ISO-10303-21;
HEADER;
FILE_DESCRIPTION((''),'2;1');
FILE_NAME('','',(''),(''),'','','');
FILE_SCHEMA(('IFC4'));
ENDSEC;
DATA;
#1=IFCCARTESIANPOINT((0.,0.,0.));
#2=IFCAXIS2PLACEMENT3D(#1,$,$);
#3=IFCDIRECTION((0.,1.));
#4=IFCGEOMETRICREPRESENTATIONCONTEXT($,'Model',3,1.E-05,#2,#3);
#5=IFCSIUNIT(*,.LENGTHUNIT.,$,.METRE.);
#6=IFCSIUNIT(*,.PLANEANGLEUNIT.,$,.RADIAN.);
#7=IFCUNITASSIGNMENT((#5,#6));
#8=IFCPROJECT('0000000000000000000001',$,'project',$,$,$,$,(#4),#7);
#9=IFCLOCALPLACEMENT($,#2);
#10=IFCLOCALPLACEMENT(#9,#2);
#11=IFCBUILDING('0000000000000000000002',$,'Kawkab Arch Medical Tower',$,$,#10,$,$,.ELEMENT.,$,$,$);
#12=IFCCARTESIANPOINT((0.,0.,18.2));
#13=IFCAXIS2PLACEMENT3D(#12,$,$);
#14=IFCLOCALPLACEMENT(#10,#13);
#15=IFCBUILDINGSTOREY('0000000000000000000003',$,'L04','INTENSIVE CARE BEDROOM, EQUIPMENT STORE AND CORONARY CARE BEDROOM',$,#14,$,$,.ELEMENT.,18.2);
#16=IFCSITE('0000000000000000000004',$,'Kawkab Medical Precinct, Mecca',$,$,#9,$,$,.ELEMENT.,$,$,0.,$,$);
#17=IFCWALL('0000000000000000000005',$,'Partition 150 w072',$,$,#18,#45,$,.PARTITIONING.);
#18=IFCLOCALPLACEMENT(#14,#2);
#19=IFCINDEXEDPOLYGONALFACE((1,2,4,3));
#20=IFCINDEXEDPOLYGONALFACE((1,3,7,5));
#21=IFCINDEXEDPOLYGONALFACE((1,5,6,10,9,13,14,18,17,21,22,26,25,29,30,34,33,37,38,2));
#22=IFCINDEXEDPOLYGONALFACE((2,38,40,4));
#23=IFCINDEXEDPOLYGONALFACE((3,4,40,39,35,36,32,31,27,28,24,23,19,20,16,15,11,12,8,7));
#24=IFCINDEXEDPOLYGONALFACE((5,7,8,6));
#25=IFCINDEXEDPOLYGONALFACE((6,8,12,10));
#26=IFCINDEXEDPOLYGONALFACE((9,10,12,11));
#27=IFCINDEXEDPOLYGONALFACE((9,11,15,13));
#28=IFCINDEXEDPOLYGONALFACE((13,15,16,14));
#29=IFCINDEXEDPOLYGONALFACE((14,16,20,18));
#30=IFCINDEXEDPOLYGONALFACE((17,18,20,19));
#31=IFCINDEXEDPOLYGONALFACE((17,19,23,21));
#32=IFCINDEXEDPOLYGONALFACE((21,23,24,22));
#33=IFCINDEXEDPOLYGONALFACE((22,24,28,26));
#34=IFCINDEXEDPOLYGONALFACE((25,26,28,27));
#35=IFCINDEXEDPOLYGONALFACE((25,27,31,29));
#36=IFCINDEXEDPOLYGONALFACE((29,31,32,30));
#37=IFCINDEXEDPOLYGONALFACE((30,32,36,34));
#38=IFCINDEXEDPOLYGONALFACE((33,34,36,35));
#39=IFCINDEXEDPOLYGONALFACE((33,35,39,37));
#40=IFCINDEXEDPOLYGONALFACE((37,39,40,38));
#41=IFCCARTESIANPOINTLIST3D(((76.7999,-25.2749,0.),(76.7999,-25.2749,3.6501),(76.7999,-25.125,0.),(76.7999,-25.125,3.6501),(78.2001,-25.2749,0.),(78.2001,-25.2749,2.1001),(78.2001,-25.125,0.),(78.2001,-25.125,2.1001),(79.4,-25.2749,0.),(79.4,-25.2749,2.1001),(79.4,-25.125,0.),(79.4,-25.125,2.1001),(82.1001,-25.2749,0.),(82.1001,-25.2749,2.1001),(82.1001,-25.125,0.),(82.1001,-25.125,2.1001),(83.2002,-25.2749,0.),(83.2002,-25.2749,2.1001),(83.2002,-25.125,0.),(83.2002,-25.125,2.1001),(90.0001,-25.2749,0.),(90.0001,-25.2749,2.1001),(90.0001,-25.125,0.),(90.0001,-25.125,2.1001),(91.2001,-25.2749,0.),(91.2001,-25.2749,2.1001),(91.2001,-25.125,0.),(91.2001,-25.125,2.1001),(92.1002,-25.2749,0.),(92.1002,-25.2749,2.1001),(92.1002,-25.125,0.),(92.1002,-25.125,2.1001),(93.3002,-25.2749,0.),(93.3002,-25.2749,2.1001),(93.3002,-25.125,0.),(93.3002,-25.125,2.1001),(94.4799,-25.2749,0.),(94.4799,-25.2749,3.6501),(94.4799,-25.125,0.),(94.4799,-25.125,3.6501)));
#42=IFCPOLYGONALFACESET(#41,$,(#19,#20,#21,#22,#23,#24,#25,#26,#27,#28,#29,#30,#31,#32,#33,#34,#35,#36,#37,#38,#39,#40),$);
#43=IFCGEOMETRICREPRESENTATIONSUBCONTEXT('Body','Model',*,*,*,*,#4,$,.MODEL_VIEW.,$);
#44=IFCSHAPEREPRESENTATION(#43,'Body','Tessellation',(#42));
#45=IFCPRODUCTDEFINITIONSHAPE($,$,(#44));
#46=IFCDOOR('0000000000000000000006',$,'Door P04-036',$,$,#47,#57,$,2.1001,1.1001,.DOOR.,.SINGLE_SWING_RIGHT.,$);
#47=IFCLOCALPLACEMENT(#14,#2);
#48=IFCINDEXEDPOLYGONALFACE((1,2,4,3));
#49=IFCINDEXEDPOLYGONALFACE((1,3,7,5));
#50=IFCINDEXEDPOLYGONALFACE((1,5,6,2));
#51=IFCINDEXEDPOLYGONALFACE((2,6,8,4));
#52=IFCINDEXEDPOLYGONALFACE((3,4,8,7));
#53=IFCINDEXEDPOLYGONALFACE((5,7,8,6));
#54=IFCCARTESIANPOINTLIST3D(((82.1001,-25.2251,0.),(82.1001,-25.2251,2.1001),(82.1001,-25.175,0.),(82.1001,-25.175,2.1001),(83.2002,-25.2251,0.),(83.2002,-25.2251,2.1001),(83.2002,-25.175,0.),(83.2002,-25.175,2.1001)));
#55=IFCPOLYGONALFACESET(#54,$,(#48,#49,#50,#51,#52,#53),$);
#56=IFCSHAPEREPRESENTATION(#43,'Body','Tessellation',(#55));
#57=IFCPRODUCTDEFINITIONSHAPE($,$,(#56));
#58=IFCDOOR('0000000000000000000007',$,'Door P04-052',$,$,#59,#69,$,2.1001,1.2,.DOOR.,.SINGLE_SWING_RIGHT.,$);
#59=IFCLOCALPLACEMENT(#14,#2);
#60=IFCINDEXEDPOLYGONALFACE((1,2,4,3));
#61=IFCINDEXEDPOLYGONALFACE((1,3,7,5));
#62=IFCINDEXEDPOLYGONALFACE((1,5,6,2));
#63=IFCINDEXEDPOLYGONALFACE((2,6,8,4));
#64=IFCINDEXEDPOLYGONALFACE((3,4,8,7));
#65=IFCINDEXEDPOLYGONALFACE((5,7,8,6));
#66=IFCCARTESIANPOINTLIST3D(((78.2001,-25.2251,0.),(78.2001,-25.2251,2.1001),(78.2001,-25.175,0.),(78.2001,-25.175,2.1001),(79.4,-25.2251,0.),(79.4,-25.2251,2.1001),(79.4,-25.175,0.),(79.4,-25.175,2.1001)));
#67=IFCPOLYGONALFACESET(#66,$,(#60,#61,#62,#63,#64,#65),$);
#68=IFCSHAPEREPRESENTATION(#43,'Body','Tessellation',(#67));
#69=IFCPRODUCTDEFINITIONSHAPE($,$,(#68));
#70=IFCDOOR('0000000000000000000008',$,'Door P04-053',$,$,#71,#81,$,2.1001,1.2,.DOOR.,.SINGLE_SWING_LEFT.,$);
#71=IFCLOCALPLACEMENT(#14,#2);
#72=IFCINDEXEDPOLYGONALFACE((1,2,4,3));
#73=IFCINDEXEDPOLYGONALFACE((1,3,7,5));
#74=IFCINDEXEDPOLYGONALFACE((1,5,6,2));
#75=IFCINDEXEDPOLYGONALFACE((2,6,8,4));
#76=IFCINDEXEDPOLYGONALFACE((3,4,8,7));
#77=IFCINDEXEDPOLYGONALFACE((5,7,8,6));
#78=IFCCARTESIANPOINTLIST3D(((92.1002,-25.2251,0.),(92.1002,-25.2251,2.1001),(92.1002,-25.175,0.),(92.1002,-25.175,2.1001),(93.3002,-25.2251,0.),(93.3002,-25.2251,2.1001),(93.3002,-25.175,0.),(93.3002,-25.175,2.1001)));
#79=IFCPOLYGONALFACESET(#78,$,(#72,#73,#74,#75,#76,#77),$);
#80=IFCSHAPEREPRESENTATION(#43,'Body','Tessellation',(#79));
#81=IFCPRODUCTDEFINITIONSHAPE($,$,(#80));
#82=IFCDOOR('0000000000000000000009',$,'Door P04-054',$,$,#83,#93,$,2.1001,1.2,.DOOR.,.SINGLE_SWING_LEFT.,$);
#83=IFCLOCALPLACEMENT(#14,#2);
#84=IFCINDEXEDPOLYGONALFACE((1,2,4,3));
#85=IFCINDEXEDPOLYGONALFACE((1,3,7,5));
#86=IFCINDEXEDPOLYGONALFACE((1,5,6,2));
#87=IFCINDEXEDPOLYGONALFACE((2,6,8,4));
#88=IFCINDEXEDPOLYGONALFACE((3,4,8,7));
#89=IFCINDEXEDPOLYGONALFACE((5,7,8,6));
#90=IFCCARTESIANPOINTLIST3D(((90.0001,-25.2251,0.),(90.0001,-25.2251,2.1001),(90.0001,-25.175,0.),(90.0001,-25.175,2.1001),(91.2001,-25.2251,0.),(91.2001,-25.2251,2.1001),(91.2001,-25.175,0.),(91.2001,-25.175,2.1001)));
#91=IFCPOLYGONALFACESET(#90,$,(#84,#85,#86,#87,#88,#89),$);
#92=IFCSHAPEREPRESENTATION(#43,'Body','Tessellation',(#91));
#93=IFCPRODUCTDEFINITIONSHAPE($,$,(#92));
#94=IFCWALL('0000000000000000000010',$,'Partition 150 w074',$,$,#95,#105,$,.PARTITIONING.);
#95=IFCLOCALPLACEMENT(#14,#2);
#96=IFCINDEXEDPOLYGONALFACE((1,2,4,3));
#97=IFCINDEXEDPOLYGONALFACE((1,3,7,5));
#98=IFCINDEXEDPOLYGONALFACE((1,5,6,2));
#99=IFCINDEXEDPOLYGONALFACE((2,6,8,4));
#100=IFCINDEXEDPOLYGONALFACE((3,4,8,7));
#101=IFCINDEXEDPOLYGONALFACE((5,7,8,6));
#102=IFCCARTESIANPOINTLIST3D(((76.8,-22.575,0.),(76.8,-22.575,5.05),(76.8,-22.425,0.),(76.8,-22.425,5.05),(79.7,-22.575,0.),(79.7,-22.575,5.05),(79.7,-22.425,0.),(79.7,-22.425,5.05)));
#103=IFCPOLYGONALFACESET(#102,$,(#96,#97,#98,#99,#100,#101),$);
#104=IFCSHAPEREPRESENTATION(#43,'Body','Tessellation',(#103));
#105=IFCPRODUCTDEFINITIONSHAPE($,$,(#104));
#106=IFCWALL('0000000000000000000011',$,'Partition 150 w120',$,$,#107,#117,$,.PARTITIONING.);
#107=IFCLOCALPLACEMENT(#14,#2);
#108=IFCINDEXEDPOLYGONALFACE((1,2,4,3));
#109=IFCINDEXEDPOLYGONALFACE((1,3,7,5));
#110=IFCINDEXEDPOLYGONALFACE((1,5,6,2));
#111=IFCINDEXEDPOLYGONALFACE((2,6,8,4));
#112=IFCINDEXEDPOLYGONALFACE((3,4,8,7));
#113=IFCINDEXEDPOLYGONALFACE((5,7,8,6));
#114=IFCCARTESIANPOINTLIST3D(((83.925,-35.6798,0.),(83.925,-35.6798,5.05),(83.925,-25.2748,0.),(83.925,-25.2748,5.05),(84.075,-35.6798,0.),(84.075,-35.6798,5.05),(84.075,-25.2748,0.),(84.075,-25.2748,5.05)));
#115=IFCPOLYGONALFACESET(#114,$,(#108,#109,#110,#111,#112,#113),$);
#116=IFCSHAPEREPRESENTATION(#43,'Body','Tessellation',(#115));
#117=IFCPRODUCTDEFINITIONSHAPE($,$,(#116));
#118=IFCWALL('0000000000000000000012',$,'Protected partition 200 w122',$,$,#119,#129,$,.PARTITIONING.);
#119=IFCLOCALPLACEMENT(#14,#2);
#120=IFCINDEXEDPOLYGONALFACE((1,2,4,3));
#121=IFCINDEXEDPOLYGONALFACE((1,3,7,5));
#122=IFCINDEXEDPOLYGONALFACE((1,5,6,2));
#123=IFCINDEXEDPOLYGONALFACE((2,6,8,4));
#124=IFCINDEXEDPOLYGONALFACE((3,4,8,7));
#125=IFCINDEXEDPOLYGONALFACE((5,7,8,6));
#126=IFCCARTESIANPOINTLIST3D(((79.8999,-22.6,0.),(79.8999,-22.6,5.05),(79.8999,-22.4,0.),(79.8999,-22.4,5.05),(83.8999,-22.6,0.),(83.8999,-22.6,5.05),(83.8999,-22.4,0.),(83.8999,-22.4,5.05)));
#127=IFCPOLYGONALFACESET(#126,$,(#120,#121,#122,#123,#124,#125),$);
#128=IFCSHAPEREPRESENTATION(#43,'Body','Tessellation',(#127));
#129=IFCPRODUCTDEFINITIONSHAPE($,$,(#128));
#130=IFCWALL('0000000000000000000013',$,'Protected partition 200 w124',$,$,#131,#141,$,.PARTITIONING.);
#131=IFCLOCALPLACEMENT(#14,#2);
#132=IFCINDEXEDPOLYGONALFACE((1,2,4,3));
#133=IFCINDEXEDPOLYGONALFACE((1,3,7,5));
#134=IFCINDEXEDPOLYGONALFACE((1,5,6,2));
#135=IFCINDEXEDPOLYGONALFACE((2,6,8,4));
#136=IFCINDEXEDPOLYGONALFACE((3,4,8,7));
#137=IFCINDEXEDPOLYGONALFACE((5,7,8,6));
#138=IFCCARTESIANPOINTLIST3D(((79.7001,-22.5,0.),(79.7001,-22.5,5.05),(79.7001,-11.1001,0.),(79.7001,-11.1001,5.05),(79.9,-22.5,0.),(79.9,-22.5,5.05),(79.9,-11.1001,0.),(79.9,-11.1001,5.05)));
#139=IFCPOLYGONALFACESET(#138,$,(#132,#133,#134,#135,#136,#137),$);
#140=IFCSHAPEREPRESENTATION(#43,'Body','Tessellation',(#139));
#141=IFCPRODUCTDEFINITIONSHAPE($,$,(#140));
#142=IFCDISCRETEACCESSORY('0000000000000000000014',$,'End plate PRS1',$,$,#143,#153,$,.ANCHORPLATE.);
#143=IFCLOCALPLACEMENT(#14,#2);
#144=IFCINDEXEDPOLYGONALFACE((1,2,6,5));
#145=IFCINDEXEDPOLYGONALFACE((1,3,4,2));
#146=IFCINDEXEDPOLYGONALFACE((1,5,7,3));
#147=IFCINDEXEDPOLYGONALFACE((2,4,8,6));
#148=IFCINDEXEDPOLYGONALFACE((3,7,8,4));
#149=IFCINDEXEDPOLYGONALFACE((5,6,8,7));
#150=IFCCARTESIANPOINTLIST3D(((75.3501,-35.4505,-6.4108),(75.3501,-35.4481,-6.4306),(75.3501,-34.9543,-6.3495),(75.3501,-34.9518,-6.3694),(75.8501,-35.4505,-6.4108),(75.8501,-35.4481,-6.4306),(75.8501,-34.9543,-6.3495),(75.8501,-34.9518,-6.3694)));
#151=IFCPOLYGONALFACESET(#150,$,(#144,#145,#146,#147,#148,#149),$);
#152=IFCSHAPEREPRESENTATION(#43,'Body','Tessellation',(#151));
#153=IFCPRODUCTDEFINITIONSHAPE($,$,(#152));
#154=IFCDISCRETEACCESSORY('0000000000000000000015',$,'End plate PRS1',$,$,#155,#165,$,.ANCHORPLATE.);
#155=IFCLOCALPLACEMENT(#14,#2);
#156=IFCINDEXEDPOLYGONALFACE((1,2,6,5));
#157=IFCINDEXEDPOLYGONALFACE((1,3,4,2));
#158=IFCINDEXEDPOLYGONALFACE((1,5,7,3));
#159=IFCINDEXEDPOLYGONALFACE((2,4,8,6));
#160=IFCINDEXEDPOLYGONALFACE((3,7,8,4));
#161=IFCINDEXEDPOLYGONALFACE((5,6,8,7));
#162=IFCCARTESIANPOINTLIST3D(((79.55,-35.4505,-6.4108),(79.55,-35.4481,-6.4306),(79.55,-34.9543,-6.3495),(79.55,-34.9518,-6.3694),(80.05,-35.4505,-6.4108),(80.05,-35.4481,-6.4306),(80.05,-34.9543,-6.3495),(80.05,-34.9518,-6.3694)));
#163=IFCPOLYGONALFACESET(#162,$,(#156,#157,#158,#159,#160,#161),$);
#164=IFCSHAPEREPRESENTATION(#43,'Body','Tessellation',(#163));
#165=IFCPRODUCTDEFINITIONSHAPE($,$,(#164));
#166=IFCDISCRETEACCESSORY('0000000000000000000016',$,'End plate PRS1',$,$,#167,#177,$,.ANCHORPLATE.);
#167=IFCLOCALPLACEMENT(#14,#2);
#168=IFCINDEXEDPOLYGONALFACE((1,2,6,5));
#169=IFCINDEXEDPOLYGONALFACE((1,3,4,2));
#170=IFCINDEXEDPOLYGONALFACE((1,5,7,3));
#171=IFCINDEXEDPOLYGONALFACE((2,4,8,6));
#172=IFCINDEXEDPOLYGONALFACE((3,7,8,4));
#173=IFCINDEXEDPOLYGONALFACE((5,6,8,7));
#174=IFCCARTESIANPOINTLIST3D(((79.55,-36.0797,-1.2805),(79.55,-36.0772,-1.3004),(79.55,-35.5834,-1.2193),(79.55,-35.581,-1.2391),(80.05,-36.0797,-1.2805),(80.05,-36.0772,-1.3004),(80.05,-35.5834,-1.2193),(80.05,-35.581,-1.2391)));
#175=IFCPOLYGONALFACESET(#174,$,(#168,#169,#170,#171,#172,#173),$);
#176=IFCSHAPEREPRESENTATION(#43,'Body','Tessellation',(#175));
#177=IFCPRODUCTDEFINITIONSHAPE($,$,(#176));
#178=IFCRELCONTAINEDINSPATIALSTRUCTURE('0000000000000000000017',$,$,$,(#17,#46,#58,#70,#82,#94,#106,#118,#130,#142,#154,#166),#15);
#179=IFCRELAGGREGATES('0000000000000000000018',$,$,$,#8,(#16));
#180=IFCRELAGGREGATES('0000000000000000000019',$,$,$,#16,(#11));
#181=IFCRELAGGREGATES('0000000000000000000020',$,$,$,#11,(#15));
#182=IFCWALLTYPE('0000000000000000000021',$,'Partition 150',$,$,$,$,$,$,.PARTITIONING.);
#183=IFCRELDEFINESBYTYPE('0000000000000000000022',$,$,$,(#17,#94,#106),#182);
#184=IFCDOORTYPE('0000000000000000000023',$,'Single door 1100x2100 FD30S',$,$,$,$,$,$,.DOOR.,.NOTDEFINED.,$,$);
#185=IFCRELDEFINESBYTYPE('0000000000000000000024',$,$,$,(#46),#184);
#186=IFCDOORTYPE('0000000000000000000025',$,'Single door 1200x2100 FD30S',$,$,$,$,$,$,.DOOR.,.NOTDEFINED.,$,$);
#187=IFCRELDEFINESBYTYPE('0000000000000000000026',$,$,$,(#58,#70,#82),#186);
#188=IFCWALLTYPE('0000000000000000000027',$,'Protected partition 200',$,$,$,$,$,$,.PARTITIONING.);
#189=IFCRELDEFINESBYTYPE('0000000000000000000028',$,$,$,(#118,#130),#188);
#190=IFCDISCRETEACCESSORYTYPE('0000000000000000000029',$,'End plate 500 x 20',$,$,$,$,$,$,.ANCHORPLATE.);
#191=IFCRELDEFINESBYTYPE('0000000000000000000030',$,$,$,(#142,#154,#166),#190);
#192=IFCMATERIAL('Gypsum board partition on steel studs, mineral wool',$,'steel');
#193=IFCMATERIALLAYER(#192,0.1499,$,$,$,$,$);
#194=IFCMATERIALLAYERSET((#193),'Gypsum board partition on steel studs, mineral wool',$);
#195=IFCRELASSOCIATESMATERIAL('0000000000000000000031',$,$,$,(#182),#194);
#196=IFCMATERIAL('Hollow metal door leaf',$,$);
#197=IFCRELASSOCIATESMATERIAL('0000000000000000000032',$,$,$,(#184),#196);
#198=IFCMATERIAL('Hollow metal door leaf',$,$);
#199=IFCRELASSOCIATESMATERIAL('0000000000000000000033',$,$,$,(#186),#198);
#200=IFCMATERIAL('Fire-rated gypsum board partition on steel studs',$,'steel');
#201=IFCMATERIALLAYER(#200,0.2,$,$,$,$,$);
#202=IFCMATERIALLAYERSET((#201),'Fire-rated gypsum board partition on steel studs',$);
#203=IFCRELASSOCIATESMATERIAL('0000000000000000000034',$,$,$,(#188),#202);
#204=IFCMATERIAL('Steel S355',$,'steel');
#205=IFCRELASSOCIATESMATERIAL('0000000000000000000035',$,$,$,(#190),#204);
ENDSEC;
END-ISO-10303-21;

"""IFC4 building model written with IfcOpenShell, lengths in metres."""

from ifc_helpers import new_model, si_unit, direction, frame, frame_2d, origin, origin_2d, place, context, subcontext, project, spatial, rectangle, extrude, material, layer, layer_set, material_profile, profile_set, type_object, element, fill, save


model = new_model("IFC4")

# Units and contexts
model_context = context("Model", 3, precision=1e-05, world=origin(), true_north=direction((0.0, 1.0)))
body_context = subcontext(model_context, "Body", "Model", "MODEL_VIEW")
ifc_project = project(units=[si_unit("LENGTHUNIT", "METRE"), si_unit("PLANEANGLEUNIT", "RADIAN")], contexts=[model_context])

# Site, building, storey
site_placement = place(None, origin())
site = spatial("IfcSite", under=ifc_project, at=site_placement, Name="Kawkab Medical Precinct, Mecca", CompositionType="ELEMENT", RefElevation=0.0)
building_placement = place(site_placement, origin())
building = spatial("IfcBuilding", under=site, at=building_placement, Name="Kawkab Arch Medical Tower", CompositionType="ELEMENT")
storey_placement = place(building_placement, frame((0.0, 0.0, 18.2)))
storey = spatial("IfcBuildingStorey", under=building, at=storey_placement, Name="L04", Description="INTENSIVE CARE BEDROOM, EQUIPMENT STORE AND CORONARY CARE BEDROOM", CompositionType="ELEMENT", Elevation=18.2)

# Wall, openings, doors
ifc_material_1 = material(Name="Gypsum board partition on steel studs, mineral wool", Category="steel")
ifc_layer_1 = layer(ifc_material_1, 0.1499)
ifc_layer_set_1 = layer_set([ifc_layer_1], Name="Gypsum board partition on steel studs, mineral wool")
wall_type_1 = type_object("IfcWallType", Name="Partition 150", PredefinedType="PARTITIONING", material=ifc_layer_set_1)
wall_1_placement = place(storey_placement, frame((76.8, -25.2, 0.0), z_axis=(0.0, 0.0, 1.0), x_axis=(1.0, 0.0, 0.0)))
wall_1 = element("IfcWall", 1, at=wall_1_placement, inside=storey, type_object=wall_type_1, Name="Partition 150 w072", PredefinedType="PARTITIONING", context=body_context, shape_type="SweptSolid", body=[
    extrude(rectangle(XDim=17.6799, YDim=0.1499, at=frame_2d((8.8398, 0.0))), origin(), (0.0, 0.0, 1.0), 3.6501),
])
opening_1_placement = place(wall_1_placement, frame((1.3999, 0.0, 0.0)))
opening_1 = element("IfcOpeningElement", 2, at=opening_1_placement, cuts=wall_1, PredefinedType="OPENING", context=body_context, shape_type="SweptSolid", body=[
    extrude(rectangle(XDim=1.2, YDim=2.1001, at=frame_2d((0.6001, 1.05))), frame((0.0, 0.085, 0.0), z_axis=(0.0, -1.0, 0.0), x_axis=(1.0, 0.0, 0.0)), (0.0, 0.0, 1.0), 0.1699),
])
opening_2_placement = place(wall_1_placement, frame((5.3, 0.0, 0.0)))
opening_2 = element("IfcOpeningElement", 3, at=opening_2_placement, cuts=wall_1, PredefinedType="OPENING", context=body_context, shape_type="SweptSolid", body=[
    extrude(rectangle(XDim=1.1001, YDim=2.1001, at=frame_2d((0.55, 1.05))), frame((0.0, 0.085, 0.0), z_axis=(0.0, -1.0, 0.0), x_axis=(1.0, 0.0, 0.0)), (0.0, 0.0, 1.0), 0.1699),
])
opening_3_placement = place(wall_1_placement, frame((15.3, 0.0, 0.0)))
opening_3 = element("IfcOpeningElement", 4, at=opening_3_placement, cuts=wall_1, PredefinedType="OPENING", context=body_context, shape_type="SweptSolid", body=[
    extrude(rectangle(XDim=1.2, YDim=2.1001, at=frame_2d((0.6001, 1.05))), frame((0.0, 0.085, 0.0), z_axis=(0.0, -1.0, 0.0), x_axis=(1.0, 0.0, 0.0)), (0.0, 0.0, 1.0), 0.1699),
])
opening_4_placement = place(wall_1_placement, frame((13.2, 0.0, 0.0)))
opening_4 = element("IfcOpeningElement", 5, at=opening_4_placement, cuts=wall_1, PredefinedType="OPENING", context=body_context, shape_type="SweptSolid", body=[
    extrude(rectangle(XDim=1.2, YDim=2.1001, at=frame_2d((0.6001, 1.05))), frame((0.0, 0.085, 0.0), z_axis=(0.0, -1.0, 0.0), x_axis=(1.0, 0.0, 0.0)), (0.0, 0.0, 1.0), 0.1699),
])
ifc_material_2 = material(Name="Hollow metal door leaf")
door_type_1 = type_object("IfcDoorType", Name="Single door 1100x2100 FD30S", OperationType="NOTDEFINED", PredefinedType="DOOR", material=ifc_material_2)
door_1_placement = place(opening_2_placement, origin())
door_1 = element("IfcDoor", 6, at=door_1_placement, inside=storey, type_object=door_type_1, Name="Door P04-036", OperationType="SINGLE_SWING_RIGHT", OverallHeight=2.1001, OverallWidth=1.1001, PredefinedType="DOOR", context=body_context, shape_type="SweptSolid", body=[
    extrude(rectangle(XDim=1.1001, YDim=2.1001, at=frame_2d((0.55, 1.05))), frame((0.0, 0.0249, 0.0), z_axis=(0.0, -1.0, 0.0), x_axis=(1.0, 0.0, 0.0)), (0.0, 0.0, 1.0), 0.05),
])
fill(opening_2, door_1)
ifc_material_3 = material(Name="Hollow metal door leaf")
door_type_2 = type_object("IfcDoorType", Name="Single door 1200x2100 FD30S", OperationType="NOTDEFINED", PredefinedType="DOOR", material=ifc_material_3)
door_2_placement = place(opening_1_placement, origin())
door_2 = element("IfcDoor", 7, at=door_2_placement, inside=storey, type_object=door_type_2, Name="Door P04-052", OperationType="SINGLE_SWING_RIGHT", OverallHeight=2.1001, OverallWidth=1.2, PredefinedType="DOOR", context=body_context, shape_type="SweptSolid", body=[
    extrude(rectangle(XDim=1.2, YDim=2.1001, at=frame_2d((0.6001, 1.05))), frame((0.0, 0.0249, 0.0), z_axis=(0.0, -1.0, 0.0), x_axis=(1.0, 0.0, 0.0)), (0.0, 0.0, 1.0), 0.05),
])
fill(opening_1, door_2)
door_3_placement = place(opening_3_placement, origin())
door_3 = element("IfcDoor", 8, at=door_3_placement, inside=storey, type_object=door_type_2, Name="Door P04-053", OperationType="SINGLE_SWING_LEFT", OverallHeight=2.1001, OverallWidth=1.2, PredefinedType="DOOR", context=body_context, shape_type="SweptSolid", body=[
    extrude(rectangle(XDim=1.2, YDim=2.1001, at=frame_2d((0.6001, 1.05))), frame((0.0, 0.0249, 0.0), z_axis=(0.0, -1.0, 0.0), x_axis=(1.0, 0.0, 0.0)), (0.0, 0.0, 1.0), 0.05),
])
fill(opening_3, door_3)
door_4_placement = place(opening_4_placement, origin())
door_4 = element("IfcDoor", 9, at=door_4_placement, inside=storey, type_object=door_type_2, Name="Door P04-054", OperationType="SINGLE_SWING_LEFT", OverallHeight=2.1001, OverallWidth=1.2, PredefinedType="DOOR", context=body_context, shape_type="SweptSolid", body=[
    extrude(rectangle(XDim=1.2, YDim=2.1001, at=frame_2d((0.6001, 1.05))), frame((0.0, 0.0249, 0.0), z_axis=(0.0, -1.0, 0.0), x_axis=(1.0, 0.0, 0.0)), (0.0, 0.0, 1.0), 0.05),
])
fill(opening_4, door_4)

# Walls
wall_2_placement = place(storey_placement, frame((76.8, -22.5, 0.0), z_axis=(0.0, 0.0, 1.0), x_axis=(1.0, 0.0, 0.0)))
element("IfcWall", 10, at=wall_2_placement, inside=storey, type_object=wall_type_1, Name="Partition 150 w074", PredefinedType="PARTITIONING", context=body_context, shape_type="SweptSolid", body=[
    extrude(rectangle(XDim=2.8999, YDim=0.1499, at=frame_2d((1.45, 0.0))), origin(), (0.0, 0.0, 1.0), 5.05),
])
wall_3_placement = place(storey_placement, frame((84.0, -35.6799, 0.0), z_axis=(0.0, 0.0, 1.0), x_axis=(0.0, 1.0, 0.0)))
element("IfcWall", 11, at=wall_3_placement, inside=storey, type_object=wall_type_1, Name="Partition 150 w120", PredefinedType="PARTITIONING", context=body_context, shape_type="SweptSolid", body=[
    extrude(rectangle(XDim=10.405, YDim=0.1499, at=frame_2d((5.2026, 0.0))), origin(), (0.0, 0.0, 1.0), 5.05),
])
ifc_material_4 = material(Name="Fire-rated gypsum board partition on steel studs", Category="steel")
ifc_layer_2 = layer(ifc_material_4, 0.2)
ifc_layer_set_2 = layer_set([ifc_layer_2], Name="Fire-rated gypsum board partition on steel studs")
wall_type_2 = type_object("IfcWallType", Name="Protected partition 200", PredefinedType="PARTITIONING", material=ifc_layer_set_2)
wall_4_placement = place(storey_placement, frame((79.8999, -22.5, 0.0), z_axis=(0.0, 0.0, 1.0), x_axis=(1.0, 0.0, 0.0)))
element("IfcWall", 12, at=wall_4_placement, inside=storey, type_object=wall_type_2, Name="Protected partition 200 w122", PredefinedType="PARTITIONING", context=body_context, shape_type="SweptSolid", body=[
    extrude(rectangle(XDim=4.0, YDim=0.2, at=frame_2d((2.0, 0.0))), origin(), (0.0, 0.0, 1.0), 5.05),
])
wall_5_placement = place(storey_placement, frame((79.8, -22.5, 0.0), z_axis=(0.0, 0.0, 1.0), x_axis=(0.0, 1.0, 0.0)))
element("IfcWall", 13, at=wall_5_placement, inside=storey, type_object=wall_type_2, Name="Protected partition 200 w124", PredefinedType="PARTITIONING", context=body_context, shape_type="SweptSolid", body=[
    extrude(rectangle(XDim=11.3999, YDim=0.2, at=frame_2d((5.7, 0.0))), origin(), (0.0, 0.0, 1.0), 5.05),
])

# Discrete accessories
ifc_material_5 = material(Name="Steel S355", Category="steel")
ifc_material_profile_1 = material_profile(ifc_material_5, rectangle(XDim=0.5, YDim=0.5, at=origin_2d()), Name="End plate 500 x 20")
ifc_profile_set_1 = profile_set([ifc_material_profile_1], Name="Steel S355")
discrete_accessory_type = type_object("IfcDiscreteAccessoryType", Name="End plate 500 x 20", PredefinedType="ANCHORPLATE", material=ifc_profile_set_1)
for number, where, z_axis, x_axis, name in (
    (14, (75.6001, -35.2024, -6.3801), (0.0, 0.122527, -0.992465), (-1.0, 0.0, 0.0), "End plate PRS1"),
    (15, (79.8, -35.2024, -6.3801), (0.0, 0.122527, -0.992465), (-1.0, 0.0, 0.0), "End plate PRS1"),
    (16, (79.8, -35.8291, -1.2698), (0.0, -0.122527, 0.992465), (1.0, 0.0, 0.0), "End plate PRS1"),
):
    element("IfcDiscreteAccessory", number, at=place(storey_placement, frame(where, z_axis=z_axis, x_axis=x_axis)), inside=storey, type_object=discrete_accessory_type, Name=name, PredefinedType="ANCHORPLATE", context=body_context, shape_type="SweptSolid", body=[
        extrude(rectangle(XDim=0.5, YDim=0.5, at=origin_2d()), origin(), (0.0, 0.0, 1.0), 0.02),
    ])

save(model, "model.ifc")
